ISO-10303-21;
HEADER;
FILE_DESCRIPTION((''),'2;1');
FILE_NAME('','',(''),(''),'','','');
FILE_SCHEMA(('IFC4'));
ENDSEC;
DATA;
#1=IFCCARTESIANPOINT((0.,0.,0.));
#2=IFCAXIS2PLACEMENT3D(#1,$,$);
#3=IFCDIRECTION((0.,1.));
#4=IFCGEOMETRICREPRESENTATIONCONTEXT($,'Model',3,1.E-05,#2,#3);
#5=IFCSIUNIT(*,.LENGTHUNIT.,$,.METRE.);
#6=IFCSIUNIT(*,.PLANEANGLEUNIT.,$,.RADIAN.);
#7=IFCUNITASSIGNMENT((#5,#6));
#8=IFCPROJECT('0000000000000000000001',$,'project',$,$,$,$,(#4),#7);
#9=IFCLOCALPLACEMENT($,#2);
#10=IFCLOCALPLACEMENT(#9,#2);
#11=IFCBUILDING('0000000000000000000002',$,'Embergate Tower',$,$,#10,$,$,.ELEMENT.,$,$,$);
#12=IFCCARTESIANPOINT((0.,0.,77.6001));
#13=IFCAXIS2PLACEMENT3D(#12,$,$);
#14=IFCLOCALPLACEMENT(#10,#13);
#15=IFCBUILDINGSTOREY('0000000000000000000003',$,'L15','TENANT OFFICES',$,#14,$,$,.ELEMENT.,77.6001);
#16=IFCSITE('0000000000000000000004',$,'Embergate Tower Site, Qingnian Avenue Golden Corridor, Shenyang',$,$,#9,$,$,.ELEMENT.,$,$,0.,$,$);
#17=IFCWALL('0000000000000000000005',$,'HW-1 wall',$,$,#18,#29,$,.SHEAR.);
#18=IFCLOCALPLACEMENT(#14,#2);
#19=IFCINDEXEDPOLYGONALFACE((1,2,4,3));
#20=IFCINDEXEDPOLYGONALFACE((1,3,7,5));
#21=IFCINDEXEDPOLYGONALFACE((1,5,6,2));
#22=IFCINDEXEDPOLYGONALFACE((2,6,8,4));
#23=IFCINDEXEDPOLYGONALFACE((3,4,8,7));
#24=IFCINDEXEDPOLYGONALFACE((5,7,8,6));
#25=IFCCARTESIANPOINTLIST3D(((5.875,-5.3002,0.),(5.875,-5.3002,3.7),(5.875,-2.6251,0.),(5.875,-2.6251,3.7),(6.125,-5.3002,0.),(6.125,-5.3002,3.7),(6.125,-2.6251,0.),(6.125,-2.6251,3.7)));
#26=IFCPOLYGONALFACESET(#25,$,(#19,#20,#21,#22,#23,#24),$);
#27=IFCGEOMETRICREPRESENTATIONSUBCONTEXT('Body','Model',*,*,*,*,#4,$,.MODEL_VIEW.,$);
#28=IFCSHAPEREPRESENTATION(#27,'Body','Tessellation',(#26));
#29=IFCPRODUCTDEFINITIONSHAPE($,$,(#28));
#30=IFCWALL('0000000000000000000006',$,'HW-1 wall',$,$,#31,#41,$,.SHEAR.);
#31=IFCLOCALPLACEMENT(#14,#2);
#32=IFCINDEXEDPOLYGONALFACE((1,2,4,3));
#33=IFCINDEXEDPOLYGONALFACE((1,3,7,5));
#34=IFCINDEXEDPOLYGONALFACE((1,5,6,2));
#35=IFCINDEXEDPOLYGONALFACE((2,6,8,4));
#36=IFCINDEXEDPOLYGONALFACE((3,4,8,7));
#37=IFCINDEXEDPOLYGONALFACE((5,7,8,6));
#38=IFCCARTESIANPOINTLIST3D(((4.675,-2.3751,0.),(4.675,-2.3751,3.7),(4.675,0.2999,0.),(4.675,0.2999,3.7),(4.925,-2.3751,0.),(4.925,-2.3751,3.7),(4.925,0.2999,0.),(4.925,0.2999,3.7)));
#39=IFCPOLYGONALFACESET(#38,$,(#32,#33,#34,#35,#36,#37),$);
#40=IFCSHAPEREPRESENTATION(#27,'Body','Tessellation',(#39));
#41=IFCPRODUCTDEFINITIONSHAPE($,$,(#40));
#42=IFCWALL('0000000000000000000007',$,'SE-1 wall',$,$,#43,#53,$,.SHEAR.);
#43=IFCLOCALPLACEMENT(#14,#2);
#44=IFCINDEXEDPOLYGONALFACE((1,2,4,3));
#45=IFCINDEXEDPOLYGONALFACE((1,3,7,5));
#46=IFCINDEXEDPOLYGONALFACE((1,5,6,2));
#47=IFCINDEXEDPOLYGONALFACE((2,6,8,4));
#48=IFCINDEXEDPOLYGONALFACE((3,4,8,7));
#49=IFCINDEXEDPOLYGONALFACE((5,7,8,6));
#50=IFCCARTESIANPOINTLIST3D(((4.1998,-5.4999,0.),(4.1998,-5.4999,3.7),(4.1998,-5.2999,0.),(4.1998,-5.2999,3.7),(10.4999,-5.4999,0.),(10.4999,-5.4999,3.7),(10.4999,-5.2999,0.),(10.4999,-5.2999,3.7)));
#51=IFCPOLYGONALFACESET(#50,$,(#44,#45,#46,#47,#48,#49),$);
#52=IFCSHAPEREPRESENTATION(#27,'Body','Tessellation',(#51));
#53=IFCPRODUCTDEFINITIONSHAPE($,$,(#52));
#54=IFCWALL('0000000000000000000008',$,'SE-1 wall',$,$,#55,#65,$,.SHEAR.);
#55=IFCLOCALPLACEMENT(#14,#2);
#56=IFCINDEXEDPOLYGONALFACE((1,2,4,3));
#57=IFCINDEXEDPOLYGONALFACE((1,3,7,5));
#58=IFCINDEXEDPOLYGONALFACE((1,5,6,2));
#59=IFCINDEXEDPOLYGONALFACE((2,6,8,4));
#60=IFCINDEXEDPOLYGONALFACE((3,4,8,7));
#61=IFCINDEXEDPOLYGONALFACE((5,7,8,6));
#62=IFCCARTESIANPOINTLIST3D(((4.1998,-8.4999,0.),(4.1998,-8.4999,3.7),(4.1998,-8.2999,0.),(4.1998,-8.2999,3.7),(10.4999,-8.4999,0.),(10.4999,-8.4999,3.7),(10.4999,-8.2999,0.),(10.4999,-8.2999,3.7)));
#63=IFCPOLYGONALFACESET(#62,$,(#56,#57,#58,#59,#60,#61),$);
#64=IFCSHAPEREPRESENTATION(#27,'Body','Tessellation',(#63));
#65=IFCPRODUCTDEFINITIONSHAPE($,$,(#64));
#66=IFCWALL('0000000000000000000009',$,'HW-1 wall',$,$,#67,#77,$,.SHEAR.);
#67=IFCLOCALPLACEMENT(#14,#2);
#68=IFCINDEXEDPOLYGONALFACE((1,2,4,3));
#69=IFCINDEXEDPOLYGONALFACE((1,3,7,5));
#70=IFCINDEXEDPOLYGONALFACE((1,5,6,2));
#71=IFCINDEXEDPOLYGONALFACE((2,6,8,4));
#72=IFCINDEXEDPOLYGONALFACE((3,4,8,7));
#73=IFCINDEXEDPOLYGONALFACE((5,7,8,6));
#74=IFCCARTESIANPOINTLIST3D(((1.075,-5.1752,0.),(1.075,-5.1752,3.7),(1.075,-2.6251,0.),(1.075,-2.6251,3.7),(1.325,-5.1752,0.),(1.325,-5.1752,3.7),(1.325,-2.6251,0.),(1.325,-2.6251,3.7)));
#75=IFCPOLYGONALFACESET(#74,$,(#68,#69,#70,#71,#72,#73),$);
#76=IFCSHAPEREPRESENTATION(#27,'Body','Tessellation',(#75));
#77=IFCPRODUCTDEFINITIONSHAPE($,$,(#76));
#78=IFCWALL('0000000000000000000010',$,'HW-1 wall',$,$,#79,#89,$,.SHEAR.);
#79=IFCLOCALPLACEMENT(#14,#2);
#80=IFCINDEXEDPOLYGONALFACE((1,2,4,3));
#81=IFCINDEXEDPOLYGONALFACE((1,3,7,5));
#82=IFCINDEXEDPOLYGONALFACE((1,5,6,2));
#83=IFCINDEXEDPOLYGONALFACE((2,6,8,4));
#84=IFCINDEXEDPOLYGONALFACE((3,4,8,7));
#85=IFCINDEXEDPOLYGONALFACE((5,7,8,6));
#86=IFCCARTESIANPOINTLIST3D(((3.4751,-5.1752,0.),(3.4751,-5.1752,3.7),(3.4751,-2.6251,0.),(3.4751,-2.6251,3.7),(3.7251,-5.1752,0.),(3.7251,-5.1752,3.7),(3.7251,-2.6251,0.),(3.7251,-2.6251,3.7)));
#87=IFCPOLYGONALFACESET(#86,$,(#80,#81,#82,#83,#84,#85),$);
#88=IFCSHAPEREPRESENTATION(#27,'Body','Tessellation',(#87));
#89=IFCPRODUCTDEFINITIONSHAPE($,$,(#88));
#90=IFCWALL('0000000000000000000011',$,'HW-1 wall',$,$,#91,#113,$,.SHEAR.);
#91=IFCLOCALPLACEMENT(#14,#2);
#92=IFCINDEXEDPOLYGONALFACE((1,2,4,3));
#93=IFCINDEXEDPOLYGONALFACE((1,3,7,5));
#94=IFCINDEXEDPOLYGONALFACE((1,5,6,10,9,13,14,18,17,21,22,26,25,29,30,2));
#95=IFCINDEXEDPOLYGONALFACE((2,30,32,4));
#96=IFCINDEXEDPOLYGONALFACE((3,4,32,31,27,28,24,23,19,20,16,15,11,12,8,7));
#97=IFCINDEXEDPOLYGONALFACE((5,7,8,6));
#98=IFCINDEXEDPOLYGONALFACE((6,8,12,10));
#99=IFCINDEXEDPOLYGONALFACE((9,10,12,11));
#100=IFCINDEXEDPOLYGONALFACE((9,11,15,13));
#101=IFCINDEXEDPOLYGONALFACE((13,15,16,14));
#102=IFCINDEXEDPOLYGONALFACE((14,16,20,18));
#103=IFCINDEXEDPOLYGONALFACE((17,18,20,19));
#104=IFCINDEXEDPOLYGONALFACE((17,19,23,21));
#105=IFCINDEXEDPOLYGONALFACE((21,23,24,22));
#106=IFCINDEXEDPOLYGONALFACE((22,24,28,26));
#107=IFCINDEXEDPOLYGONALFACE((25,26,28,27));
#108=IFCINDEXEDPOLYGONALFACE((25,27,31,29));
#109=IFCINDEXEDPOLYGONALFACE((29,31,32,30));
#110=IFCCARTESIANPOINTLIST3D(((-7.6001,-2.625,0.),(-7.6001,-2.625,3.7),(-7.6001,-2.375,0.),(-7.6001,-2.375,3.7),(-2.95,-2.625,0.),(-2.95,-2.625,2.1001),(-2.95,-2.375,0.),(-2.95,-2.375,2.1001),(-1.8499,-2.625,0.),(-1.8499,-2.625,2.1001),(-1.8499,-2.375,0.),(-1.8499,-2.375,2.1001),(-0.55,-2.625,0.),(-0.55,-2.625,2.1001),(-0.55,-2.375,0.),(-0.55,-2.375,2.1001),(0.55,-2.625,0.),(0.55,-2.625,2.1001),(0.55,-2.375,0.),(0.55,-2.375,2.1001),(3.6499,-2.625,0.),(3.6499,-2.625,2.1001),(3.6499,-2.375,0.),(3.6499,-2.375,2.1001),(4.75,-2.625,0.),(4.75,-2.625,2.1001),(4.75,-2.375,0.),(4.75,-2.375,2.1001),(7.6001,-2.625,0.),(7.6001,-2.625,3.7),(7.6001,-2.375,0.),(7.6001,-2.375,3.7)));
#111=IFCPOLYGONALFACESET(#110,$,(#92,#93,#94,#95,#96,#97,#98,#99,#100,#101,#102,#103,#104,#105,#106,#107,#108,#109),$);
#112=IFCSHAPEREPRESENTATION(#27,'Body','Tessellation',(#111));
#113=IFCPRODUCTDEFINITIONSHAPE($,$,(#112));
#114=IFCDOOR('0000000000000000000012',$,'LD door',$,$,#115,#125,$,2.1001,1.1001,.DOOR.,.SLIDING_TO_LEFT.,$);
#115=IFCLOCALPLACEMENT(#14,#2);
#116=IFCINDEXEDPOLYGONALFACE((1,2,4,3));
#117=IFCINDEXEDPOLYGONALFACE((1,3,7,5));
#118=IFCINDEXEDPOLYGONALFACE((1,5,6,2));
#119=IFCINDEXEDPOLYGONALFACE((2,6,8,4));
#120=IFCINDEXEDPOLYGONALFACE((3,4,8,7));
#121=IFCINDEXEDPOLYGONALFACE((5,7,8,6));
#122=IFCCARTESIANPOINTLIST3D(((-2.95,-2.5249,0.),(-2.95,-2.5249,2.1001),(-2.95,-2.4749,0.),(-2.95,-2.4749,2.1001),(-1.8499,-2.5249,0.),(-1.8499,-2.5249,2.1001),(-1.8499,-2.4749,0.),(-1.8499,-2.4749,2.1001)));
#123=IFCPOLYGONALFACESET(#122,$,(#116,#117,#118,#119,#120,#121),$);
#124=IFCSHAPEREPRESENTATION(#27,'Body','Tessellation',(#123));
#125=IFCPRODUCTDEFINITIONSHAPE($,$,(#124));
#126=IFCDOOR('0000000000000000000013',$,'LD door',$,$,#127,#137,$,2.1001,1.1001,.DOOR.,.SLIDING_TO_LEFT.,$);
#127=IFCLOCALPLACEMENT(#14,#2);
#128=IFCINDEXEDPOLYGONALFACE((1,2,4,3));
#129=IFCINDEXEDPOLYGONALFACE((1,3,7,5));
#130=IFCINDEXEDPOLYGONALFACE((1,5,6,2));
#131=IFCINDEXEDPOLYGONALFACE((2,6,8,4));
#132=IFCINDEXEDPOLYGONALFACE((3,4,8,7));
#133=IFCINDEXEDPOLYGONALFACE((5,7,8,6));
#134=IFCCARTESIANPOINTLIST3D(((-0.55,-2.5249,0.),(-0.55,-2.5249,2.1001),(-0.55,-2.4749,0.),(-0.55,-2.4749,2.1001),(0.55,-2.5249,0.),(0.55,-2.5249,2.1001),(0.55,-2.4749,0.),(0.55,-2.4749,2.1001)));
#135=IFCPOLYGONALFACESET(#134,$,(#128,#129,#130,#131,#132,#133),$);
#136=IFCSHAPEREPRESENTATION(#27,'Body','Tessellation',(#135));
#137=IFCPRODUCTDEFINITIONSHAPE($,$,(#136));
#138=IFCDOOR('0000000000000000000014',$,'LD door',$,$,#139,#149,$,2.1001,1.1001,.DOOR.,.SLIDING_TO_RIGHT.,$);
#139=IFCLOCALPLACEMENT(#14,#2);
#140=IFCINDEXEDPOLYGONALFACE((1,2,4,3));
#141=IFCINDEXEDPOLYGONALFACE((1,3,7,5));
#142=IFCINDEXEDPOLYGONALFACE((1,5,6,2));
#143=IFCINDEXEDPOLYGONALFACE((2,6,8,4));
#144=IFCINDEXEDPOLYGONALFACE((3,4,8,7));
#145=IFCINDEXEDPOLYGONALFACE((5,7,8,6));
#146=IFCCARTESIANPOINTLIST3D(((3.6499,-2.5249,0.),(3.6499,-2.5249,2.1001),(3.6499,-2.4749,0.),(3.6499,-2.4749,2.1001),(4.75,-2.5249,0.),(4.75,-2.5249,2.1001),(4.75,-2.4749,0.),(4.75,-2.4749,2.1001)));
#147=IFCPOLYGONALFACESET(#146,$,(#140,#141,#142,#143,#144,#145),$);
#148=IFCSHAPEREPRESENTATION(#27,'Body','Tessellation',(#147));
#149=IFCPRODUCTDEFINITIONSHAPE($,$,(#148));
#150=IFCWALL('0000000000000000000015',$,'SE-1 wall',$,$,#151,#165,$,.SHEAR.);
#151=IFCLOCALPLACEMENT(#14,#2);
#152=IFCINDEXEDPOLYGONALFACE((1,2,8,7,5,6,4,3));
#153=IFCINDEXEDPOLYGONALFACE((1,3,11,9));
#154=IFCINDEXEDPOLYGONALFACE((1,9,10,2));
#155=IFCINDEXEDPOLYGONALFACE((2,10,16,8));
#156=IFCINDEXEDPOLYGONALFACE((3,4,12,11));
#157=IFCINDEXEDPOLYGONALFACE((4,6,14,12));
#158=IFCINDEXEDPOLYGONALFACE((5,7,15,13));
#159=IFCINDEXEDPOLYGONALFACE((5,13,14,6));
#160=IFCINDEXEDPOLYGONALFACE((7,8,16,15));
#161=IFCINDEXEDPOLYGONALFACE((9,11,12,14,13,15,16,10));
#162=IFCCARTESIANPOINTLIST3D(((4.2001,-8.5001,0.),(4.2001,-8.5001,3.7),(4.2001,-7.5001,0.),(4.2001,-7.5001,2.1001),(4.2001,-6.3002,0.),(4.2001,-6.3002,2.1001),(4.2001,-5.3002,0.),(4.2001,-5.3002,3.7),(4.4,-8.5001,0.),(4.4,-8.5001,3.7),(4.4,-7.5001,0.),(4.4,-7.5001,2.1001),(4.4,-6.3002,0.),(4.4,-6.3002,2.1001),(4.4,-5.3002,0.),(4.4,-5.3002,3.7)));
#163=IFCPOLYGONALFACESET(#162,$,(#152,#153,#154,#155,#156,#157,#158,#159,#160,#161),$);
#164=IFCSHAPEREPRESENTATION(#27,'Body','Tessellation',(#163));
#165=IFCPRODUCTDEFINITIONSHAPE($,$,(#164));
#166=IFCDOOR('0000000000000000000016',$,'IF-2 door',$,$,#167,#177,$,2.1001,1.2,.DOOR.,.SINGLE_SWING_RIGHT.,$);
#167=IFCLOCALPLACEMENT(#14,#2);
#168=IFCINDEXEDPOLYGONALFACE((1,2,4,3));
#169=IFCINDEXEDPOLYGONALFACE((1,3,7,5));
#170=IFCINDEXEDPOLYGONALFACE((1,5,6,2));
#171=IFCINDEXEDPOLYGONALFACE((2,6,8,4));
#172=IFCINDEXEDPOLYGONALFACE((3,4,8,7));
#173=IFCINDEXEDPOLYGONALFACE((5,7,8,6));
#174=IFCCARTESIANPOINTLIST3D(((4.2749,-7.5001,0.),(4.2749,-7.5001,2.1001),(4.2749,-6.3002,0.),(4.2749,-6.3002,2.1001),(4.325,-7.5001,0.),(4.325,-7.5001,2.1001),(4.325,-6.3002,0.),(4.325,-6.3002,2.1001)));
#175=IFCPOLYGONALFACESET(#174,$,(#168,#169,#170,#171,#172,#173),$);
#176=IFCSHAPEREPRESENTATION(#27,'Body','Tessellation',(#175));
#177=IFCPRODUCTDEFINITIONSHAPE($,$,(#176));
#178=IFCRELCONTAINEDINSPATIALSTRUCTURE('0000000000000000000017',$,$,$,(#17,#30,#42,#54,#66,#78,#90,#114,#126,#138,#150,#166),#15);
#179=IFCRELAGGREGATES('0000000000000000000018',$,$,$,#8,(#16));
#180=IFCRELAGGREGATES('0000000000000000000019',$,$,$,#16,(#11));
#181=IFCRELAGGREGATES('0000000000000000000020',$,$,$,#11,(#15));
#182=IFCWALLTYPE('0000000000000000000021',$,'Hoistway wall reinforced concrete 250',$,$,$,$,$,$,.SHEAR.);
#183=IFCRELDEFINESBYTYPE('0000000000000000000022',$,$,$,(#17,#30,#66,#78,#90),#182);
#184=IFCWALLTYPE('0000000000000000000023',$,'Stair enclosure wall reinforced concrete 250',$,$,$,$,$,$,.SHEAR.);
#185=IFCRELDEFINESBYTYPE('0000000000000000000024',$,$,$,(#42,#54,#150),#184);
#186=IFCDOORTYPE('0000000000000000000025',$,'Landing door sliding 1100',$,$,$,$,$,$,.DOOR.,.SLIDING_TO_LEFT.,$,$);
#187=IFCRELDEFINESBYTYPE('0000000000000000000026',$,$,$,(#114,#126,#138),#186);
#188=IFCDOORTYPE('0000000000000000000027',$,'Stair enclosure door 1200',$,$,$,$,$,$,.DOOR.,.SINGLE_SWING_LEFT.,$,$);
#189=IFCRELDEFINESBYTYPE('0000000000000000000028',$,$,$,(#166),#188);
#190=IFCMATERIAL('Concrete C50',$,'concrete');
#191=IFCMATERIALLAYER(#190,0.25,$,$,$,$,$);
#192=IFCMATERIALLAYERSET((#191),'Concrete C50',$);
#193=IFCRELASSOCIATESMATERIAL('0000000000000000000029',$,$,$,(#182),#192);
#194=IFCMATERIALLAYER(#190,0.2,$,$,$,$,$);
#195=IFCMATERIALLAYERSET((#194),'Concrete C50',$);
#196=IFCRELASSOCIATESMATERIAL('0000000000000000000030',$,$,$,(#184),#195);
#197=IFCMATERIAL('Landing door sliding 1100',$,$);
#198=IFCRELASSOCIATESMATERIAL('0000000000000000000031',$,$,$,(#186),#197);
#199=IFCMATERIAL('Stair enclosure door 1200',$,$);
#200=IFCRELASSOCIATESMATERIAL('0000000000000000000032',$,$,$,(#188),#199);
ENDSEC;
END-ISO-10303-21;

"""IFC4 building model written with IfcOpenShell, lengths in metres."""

from ifc_helpers import new_model, si_unit, direction, frame, frame_2d, origin, place, context, subcontext, project, spatial, rectangle, extrude, source, transform, mapped, material, layer, layer_set, type_object, element, fill, save


model = new_model("IFC4")

# Units and contexts
model_context = context("Model", 3, precision=1e-05, world=origin(), true_north=direction((0.0, 1.0)))
body_context = subcontext(model_context, "Body", "Model", "MODEL_VIEW")
ifc_project = project(units=[si_unit("LENGTHUNIT", "METRE"), si_unit("PLANEANGLEUNIT", "RADIAN")], contexts=[model_context])

# Site, building, storey
site_placement = place(None, origin())
site = spatial("IfcSite", under=ifc_project, at=site_placement, Name="Embergate Tower Site, Qingnian Avenue Golden Corridor, Shenyang", CompositionType="ELEMENT", RefElevation=0.0)
building_placement = place(site_placement, origin())
building = spatial("IfcBuilding", under=site, at=building_placement, Name="Embergate Tower", CompositionType="ELEMENT")
storey_placement = place(building_placement, frame((0.0, 0.0, 77.6001)))
storey = spatial("IfcBuildingStorey", under=building, at=storey_placement, Name="L15", Description="TENANT OFFICES", CompositionType="ELEMENT", Elevation=77.6001)

# Walls
ifc_material_1 = material(Name="Concrete C50", Category="concrete")
ifc_layer_1 = layer(ifc_material_1, 0.25)
ifc_layer_set_1 = layer_set([ifc_layer_1], Name="Concrete C50")
wall_type_1 = type_object("IfcWallType", Name="Hoistway wall reinforced concrete 250", PredefinedType="SHEAR", material=ifc_layer_set_1)
shared_shape_1 = source(origin(), body_context, "Body", "SweptSolid", [
    extrude(rectangle(XDim=2.675, YDim=0.25, at=frame_2d((1.3374, 0.0))), origin(), (0.0, 0.0, 1.0), 3.7),
])
for number, where, z_axis, x_axis, name in (
    (1, (6.0, -5.3, 0.0), (0.0, 0.0, 1.0), (0.0, 1.0, 0.0), "HW-1 wall"),
    (2, (4.8, -2.375, 0.0), (0.0, 0.0, 1.0), (0.0, 1.0, 0.0), "HW-1 wall"),
):
    element("IfcWall", number, at=place(storey_placement, frame(where, z_axis=z_axis, x_axis=x_axis)), inside=storey, type_object=wall_type_1, Name=name, PredefinedType="SHEAR", context=body_context, shape_type="MappedRepresentation", body=[
        mapped(shared_shape_1, transform((0.0, 0.0, 0.0))),
    ])
ifc_layer_2 = layer(ifc_material_1, 0.2)
ifc_layer_set_2 = layer_set([ifc_layer_2], Name="Concrete C50")
wall_type_2 = type_object("IfcWallType", Name="Stair enclosure wall reinforced concrete 250", PredefinedType="SHEAR", material=ifc_layer_set_2)
shared_shape_2 = source(origin(), body_context, "Body", "SweptSolid", [
    extrude(rectangle(XDim=6.3, YDim=0.2, at=frame_2d((3.1499, 0.0))), origin(), (0.0, 0.0, 1.0), 3.7),
])
for number, where, z_axis, x_axis, name in (
    (3, (4.2, -5.3999, 0.0), (0.0, 0.0, 1.0), (1.0, 0.0, 0.0), "SE-1 wall"),
    (4, (4.2, -8.3999, 0.0), (0.0, 0.0, 1.0), (1.0, 0.0, 0.0), "SE-1 wall"),
):
    element("IfcWall", number, at=place(storey_placement, frame(where, z_axis=z_axis, x_axis=x_axis)), inside=storey, type_object=wall_type_2, Name=name, PredefinedType="SHEAR", context=body_context, shape_type="MappedRepresentation", body=[
        mapped(shared_shape_2, transform((0.0, 0.0, 0.0))),
    ])
shared_shape_3 = source(origin(), body_context, "Body", "SweptSolid", [
    extrude(rectangle(XDim=2.55, YDim=0.25, at=frame_2d((1.2749, 0.0))), origin(), (0.0, 0.0, 1.0), 3.7),
])
for number, where, z_axis, x_axis, name in (
    (5, (1.2, -5.175, 0.0), (0.0, 0.0, 1.0), (0.0, 1.0, 0.0), "HW-1 wall"),
    (6, (3.6001, -5.175, 0.0), (0.0, 0.0, 1.0), (0.0, 1.0, 0.0), "HW-1 wall"),
):
    element("IfcWall", number, at=place(storey_placement, frame(where, z_axis=z_axis, x_axis=x_axis)), inside=storey, type_object=wall_type_1, Name=name, PredefinedType="SHEAR", context=body_context, shape_type="MappedRepresentation", body=[
        mapped(shared_shape_3, transform((0.0, 0.0, 0.0))),
    ])

# Wall, openings, doors
shared_shape_4 = source(origin(), body_context, "Body", "SweptSolid", [
    extrude(rectangle(XDim=15.2002, YDim=0.25, at=frame_2d((7.6001, 0.0))), origin(), (0.0, 0.0, 1.0), 3.7),
])
wall_1_placement = place(storey_placement, frame((7.6001, -2.5, 0.0), z_axis=(0.0, 0.0, 1.0), x_axis=(-1.0, 0.0, 0.0)))
wall_1 = element("IfcWall", 7, at=wall_1_placement, inside=storey, type_object=wall_type_1, Name="HW-1 wall", PredefinedType="SHEAR", context=body_context, shape_type="MappedRepresentation", body=[
    mapped(shared_shape_4, transform((0.0, 0.0, 0.0))),
])
shared_shape_5 = source(origin(), body_context, "Body", "SweptSolid", [
    extrude(rectangle(XDim=1.1001, YDim=2.1001, at=frame_2d((0.55, 1.05))), frame((0.0, 0.135, 0.0), z_axis=(0.0, -1.0, 0.0), x_axis=(1.0, 0.0, 0.0)), (0.0, 0.0, 1.0), 0.27),
])
opening_1_placement = place(wall_1_placement, frame((9.45, 0.0, 0.0)))
opening_1 = element("IfcOpeningElement", 8, at=opening_1_placement, cuts=wall_1, PredefinedType="OPENING", context=body_context, shape_type="MappedRepresentation", body=[
    mapped(shared_shape_5, transform((0.0, 0.0, 0.0))),
])
opening_2_placement = place(wall_1_placement, frame((7.05, 0.0, 0.0)))
opening_2 = element("IfcOpeningElement", 9, at=opening_2_placement, cuts=wall_1, PredefinedType="OPENING", context=body_context, shape_type="MappedRepresentation", body=[
    mapped(shared_shape_5, transform((0.0, 0.0, 0.0))),
])
opening_3_placement = place(wall_1_placement, frame((2.8501, 0.0, 0.0)))
opening_3 = element("IfcOpeningElement", 10, at=opening_3_placement, cuts=wall_1, PredefinedType="OPENING", context=body_context, shape_type="MappedRepresentation", body=[
    mapped(shared_shape_5, transform((0.0, 0.0, 0.0))),
])
ifc_material_2 = material(Name="Landing door sliding 1100")
door_type_1 = type_object("IfcDoorType", Name="Landing door sliding 1100", OperationType="SLIDING_TO_LEFT", PredefinedType="DOOR", material=ifc_material_2)
shared_shape_6 = source(origin(), body_context, "Body", "SweptSolid", [
    extrude(rectangle(XDim=1.1001, YDim=2.1001, at=frame_2d((0.55, 1.05))), frame((0.0, 0.0249, 0.0), z_axis=(0.0, -1.0, 0.0), x_axis=(1.0, 0.0, 0.0)), (0.0, 0.0, 1.0), 0.05),
])
door_1_placement = place(opening_1_placement, origin())
door_1 = element("IfcDoor", 11, at=door_1_placement, inside=storey, type_object=door_type_1, Name="LD door", OperationType="SLIDING_TO_LEFT", OverallHeight=2.1001, OverallWidth=1.1001, PredefinedType="DOOR", context=body_context, shape_type="MappedRepresentation", body=[
    mapped(shared_shape_6, transform((0.0, 0.0, 0.0))),
])
fill(opening_1, door_1)
door_2_placement = place(opening_2_placement, origin())
door_2 = element("IfcDoor", 12, at=door_2_placement, inside=storey, type_object=door_type_1, Name="LD door", OperationType="SLIDING_TO_LEFT", OverallHeight=2.1001, OverallWidth=1.1001, PredefinedType="DOOR", context=body_context, shape_type="MappedRepresentation", body=[
    mapped(shared_shape_6, transform((0.0, 0.0, 0.0))),
])
fill(opening_2, door_2)
door_3_placement = place(opening_3_placement, origin())
door_3 = element("IfcDoor", 13, at=door_3_placement, inside=storey, type_object=door_type_1, Name="LD door", OperationType="SLIDING_TO_RIGHT", OverallHeight=2.1001, OverallWidth=1.1001, PredefinedType="DOOR", context=body_context, shape_type="MappedRepresentation", body=[
    mapped(shared_shape_6, transform((0.0, 0.0, 0.0))),
])
fill(opening_3, door_3)

# Wall, opening, door
shared_shape_7 = source(origin(), body_context, "Body", "SweptSolid", [
    extrude(rectangle(XDim=3.2, YDim=0.2, at=frame_2d((1.6001, 0.0))), origin(), (0.0, 0.0, 1.0), 3.7),
])
wall_2_placement = place(storey_placement, frame((4.3, -5.3, 0.0), z_axis=(0.0, 0.0, 1.0), x_axis=(0.0, -1.0, 0.0)))
wall_2 = element("IfcWall", 14, at=wall_2_placement, inside=storey, type_object=wall_type_2, Name="SE-1 wall", PredefinedType="SHEAR", context=body_context, shape_type="MappedRepresentation", body=[
    mapped(shared_shape_7, transform((0.0, 0.0, 0.0))),
])
shared_shape_8 = source(origin(), body_context, "Body", "SweptSolid", [
    extrude(rectangle(XDim=1.2, YDim=2.1001, at=frame_2d((0.6001, 1.05))), frame((0.0, 0.1099, 0.0), z_axis=(0.0, -1.0, 0.0), x_axis=(1.0, 0.0, 0.0)), (0.0, 0.0, 1.0), 0.22),
])
opening_4_placement = place(wall_2_placement, frame((1.0, 0.0, 0.0)))
opening_4 = element("IfcOpeningElement", 15, at=opening_4_placement, cuts=wall_2, PredefinedType="OPENING", context=body_context, shape_type="MappedRepresentation", body=[
    mapped(shared_shape_8, transform((0.0, 0.0, 0.0))),
])
ifc_material_3 = material(Name="Stair enclosure door 1200")
door_type_2 = type_object("IfcDoorType", Name="Stair enclosure door 1200", OperationType="SINGLE_SWING_LEFT", PredefinedType="DOOR", material=ifc_material_3)
shared_shape_9 = source(origin(), body_context, "Body", "SweptSolid", [
    extrude(rectangle(XDim=1.2, YDim=2.1001, at=frame_2d((0.6001, 1.05))), frame((0.0, 0.0249, 0.0), z_axis=(0.0, -1.0, 0.0), x_axis=(1.0, 0.0, 0.0)), (0.0, 0.0, 1.0), 0.05),
])
door_4_placement = place(opening_4_placement, origin())
door_4 = element("IfcDoor", 16, at=door_4_placement, inside=storey, type_object=door_type_2, Name="IF-2 door", OperationType="SINGLE_SWING_RIGHT", OverallHeight=2.1001, OverallWidth=1.2, PredefinedType="DOOR", context=body_context, shape_type="MappedRepresentation", body=[
    mapped(shared_shape_9, transform((0.0, 0.0, 0.0))),
])
fill(opening_4, door_4)

save(model, "model.ifc")
